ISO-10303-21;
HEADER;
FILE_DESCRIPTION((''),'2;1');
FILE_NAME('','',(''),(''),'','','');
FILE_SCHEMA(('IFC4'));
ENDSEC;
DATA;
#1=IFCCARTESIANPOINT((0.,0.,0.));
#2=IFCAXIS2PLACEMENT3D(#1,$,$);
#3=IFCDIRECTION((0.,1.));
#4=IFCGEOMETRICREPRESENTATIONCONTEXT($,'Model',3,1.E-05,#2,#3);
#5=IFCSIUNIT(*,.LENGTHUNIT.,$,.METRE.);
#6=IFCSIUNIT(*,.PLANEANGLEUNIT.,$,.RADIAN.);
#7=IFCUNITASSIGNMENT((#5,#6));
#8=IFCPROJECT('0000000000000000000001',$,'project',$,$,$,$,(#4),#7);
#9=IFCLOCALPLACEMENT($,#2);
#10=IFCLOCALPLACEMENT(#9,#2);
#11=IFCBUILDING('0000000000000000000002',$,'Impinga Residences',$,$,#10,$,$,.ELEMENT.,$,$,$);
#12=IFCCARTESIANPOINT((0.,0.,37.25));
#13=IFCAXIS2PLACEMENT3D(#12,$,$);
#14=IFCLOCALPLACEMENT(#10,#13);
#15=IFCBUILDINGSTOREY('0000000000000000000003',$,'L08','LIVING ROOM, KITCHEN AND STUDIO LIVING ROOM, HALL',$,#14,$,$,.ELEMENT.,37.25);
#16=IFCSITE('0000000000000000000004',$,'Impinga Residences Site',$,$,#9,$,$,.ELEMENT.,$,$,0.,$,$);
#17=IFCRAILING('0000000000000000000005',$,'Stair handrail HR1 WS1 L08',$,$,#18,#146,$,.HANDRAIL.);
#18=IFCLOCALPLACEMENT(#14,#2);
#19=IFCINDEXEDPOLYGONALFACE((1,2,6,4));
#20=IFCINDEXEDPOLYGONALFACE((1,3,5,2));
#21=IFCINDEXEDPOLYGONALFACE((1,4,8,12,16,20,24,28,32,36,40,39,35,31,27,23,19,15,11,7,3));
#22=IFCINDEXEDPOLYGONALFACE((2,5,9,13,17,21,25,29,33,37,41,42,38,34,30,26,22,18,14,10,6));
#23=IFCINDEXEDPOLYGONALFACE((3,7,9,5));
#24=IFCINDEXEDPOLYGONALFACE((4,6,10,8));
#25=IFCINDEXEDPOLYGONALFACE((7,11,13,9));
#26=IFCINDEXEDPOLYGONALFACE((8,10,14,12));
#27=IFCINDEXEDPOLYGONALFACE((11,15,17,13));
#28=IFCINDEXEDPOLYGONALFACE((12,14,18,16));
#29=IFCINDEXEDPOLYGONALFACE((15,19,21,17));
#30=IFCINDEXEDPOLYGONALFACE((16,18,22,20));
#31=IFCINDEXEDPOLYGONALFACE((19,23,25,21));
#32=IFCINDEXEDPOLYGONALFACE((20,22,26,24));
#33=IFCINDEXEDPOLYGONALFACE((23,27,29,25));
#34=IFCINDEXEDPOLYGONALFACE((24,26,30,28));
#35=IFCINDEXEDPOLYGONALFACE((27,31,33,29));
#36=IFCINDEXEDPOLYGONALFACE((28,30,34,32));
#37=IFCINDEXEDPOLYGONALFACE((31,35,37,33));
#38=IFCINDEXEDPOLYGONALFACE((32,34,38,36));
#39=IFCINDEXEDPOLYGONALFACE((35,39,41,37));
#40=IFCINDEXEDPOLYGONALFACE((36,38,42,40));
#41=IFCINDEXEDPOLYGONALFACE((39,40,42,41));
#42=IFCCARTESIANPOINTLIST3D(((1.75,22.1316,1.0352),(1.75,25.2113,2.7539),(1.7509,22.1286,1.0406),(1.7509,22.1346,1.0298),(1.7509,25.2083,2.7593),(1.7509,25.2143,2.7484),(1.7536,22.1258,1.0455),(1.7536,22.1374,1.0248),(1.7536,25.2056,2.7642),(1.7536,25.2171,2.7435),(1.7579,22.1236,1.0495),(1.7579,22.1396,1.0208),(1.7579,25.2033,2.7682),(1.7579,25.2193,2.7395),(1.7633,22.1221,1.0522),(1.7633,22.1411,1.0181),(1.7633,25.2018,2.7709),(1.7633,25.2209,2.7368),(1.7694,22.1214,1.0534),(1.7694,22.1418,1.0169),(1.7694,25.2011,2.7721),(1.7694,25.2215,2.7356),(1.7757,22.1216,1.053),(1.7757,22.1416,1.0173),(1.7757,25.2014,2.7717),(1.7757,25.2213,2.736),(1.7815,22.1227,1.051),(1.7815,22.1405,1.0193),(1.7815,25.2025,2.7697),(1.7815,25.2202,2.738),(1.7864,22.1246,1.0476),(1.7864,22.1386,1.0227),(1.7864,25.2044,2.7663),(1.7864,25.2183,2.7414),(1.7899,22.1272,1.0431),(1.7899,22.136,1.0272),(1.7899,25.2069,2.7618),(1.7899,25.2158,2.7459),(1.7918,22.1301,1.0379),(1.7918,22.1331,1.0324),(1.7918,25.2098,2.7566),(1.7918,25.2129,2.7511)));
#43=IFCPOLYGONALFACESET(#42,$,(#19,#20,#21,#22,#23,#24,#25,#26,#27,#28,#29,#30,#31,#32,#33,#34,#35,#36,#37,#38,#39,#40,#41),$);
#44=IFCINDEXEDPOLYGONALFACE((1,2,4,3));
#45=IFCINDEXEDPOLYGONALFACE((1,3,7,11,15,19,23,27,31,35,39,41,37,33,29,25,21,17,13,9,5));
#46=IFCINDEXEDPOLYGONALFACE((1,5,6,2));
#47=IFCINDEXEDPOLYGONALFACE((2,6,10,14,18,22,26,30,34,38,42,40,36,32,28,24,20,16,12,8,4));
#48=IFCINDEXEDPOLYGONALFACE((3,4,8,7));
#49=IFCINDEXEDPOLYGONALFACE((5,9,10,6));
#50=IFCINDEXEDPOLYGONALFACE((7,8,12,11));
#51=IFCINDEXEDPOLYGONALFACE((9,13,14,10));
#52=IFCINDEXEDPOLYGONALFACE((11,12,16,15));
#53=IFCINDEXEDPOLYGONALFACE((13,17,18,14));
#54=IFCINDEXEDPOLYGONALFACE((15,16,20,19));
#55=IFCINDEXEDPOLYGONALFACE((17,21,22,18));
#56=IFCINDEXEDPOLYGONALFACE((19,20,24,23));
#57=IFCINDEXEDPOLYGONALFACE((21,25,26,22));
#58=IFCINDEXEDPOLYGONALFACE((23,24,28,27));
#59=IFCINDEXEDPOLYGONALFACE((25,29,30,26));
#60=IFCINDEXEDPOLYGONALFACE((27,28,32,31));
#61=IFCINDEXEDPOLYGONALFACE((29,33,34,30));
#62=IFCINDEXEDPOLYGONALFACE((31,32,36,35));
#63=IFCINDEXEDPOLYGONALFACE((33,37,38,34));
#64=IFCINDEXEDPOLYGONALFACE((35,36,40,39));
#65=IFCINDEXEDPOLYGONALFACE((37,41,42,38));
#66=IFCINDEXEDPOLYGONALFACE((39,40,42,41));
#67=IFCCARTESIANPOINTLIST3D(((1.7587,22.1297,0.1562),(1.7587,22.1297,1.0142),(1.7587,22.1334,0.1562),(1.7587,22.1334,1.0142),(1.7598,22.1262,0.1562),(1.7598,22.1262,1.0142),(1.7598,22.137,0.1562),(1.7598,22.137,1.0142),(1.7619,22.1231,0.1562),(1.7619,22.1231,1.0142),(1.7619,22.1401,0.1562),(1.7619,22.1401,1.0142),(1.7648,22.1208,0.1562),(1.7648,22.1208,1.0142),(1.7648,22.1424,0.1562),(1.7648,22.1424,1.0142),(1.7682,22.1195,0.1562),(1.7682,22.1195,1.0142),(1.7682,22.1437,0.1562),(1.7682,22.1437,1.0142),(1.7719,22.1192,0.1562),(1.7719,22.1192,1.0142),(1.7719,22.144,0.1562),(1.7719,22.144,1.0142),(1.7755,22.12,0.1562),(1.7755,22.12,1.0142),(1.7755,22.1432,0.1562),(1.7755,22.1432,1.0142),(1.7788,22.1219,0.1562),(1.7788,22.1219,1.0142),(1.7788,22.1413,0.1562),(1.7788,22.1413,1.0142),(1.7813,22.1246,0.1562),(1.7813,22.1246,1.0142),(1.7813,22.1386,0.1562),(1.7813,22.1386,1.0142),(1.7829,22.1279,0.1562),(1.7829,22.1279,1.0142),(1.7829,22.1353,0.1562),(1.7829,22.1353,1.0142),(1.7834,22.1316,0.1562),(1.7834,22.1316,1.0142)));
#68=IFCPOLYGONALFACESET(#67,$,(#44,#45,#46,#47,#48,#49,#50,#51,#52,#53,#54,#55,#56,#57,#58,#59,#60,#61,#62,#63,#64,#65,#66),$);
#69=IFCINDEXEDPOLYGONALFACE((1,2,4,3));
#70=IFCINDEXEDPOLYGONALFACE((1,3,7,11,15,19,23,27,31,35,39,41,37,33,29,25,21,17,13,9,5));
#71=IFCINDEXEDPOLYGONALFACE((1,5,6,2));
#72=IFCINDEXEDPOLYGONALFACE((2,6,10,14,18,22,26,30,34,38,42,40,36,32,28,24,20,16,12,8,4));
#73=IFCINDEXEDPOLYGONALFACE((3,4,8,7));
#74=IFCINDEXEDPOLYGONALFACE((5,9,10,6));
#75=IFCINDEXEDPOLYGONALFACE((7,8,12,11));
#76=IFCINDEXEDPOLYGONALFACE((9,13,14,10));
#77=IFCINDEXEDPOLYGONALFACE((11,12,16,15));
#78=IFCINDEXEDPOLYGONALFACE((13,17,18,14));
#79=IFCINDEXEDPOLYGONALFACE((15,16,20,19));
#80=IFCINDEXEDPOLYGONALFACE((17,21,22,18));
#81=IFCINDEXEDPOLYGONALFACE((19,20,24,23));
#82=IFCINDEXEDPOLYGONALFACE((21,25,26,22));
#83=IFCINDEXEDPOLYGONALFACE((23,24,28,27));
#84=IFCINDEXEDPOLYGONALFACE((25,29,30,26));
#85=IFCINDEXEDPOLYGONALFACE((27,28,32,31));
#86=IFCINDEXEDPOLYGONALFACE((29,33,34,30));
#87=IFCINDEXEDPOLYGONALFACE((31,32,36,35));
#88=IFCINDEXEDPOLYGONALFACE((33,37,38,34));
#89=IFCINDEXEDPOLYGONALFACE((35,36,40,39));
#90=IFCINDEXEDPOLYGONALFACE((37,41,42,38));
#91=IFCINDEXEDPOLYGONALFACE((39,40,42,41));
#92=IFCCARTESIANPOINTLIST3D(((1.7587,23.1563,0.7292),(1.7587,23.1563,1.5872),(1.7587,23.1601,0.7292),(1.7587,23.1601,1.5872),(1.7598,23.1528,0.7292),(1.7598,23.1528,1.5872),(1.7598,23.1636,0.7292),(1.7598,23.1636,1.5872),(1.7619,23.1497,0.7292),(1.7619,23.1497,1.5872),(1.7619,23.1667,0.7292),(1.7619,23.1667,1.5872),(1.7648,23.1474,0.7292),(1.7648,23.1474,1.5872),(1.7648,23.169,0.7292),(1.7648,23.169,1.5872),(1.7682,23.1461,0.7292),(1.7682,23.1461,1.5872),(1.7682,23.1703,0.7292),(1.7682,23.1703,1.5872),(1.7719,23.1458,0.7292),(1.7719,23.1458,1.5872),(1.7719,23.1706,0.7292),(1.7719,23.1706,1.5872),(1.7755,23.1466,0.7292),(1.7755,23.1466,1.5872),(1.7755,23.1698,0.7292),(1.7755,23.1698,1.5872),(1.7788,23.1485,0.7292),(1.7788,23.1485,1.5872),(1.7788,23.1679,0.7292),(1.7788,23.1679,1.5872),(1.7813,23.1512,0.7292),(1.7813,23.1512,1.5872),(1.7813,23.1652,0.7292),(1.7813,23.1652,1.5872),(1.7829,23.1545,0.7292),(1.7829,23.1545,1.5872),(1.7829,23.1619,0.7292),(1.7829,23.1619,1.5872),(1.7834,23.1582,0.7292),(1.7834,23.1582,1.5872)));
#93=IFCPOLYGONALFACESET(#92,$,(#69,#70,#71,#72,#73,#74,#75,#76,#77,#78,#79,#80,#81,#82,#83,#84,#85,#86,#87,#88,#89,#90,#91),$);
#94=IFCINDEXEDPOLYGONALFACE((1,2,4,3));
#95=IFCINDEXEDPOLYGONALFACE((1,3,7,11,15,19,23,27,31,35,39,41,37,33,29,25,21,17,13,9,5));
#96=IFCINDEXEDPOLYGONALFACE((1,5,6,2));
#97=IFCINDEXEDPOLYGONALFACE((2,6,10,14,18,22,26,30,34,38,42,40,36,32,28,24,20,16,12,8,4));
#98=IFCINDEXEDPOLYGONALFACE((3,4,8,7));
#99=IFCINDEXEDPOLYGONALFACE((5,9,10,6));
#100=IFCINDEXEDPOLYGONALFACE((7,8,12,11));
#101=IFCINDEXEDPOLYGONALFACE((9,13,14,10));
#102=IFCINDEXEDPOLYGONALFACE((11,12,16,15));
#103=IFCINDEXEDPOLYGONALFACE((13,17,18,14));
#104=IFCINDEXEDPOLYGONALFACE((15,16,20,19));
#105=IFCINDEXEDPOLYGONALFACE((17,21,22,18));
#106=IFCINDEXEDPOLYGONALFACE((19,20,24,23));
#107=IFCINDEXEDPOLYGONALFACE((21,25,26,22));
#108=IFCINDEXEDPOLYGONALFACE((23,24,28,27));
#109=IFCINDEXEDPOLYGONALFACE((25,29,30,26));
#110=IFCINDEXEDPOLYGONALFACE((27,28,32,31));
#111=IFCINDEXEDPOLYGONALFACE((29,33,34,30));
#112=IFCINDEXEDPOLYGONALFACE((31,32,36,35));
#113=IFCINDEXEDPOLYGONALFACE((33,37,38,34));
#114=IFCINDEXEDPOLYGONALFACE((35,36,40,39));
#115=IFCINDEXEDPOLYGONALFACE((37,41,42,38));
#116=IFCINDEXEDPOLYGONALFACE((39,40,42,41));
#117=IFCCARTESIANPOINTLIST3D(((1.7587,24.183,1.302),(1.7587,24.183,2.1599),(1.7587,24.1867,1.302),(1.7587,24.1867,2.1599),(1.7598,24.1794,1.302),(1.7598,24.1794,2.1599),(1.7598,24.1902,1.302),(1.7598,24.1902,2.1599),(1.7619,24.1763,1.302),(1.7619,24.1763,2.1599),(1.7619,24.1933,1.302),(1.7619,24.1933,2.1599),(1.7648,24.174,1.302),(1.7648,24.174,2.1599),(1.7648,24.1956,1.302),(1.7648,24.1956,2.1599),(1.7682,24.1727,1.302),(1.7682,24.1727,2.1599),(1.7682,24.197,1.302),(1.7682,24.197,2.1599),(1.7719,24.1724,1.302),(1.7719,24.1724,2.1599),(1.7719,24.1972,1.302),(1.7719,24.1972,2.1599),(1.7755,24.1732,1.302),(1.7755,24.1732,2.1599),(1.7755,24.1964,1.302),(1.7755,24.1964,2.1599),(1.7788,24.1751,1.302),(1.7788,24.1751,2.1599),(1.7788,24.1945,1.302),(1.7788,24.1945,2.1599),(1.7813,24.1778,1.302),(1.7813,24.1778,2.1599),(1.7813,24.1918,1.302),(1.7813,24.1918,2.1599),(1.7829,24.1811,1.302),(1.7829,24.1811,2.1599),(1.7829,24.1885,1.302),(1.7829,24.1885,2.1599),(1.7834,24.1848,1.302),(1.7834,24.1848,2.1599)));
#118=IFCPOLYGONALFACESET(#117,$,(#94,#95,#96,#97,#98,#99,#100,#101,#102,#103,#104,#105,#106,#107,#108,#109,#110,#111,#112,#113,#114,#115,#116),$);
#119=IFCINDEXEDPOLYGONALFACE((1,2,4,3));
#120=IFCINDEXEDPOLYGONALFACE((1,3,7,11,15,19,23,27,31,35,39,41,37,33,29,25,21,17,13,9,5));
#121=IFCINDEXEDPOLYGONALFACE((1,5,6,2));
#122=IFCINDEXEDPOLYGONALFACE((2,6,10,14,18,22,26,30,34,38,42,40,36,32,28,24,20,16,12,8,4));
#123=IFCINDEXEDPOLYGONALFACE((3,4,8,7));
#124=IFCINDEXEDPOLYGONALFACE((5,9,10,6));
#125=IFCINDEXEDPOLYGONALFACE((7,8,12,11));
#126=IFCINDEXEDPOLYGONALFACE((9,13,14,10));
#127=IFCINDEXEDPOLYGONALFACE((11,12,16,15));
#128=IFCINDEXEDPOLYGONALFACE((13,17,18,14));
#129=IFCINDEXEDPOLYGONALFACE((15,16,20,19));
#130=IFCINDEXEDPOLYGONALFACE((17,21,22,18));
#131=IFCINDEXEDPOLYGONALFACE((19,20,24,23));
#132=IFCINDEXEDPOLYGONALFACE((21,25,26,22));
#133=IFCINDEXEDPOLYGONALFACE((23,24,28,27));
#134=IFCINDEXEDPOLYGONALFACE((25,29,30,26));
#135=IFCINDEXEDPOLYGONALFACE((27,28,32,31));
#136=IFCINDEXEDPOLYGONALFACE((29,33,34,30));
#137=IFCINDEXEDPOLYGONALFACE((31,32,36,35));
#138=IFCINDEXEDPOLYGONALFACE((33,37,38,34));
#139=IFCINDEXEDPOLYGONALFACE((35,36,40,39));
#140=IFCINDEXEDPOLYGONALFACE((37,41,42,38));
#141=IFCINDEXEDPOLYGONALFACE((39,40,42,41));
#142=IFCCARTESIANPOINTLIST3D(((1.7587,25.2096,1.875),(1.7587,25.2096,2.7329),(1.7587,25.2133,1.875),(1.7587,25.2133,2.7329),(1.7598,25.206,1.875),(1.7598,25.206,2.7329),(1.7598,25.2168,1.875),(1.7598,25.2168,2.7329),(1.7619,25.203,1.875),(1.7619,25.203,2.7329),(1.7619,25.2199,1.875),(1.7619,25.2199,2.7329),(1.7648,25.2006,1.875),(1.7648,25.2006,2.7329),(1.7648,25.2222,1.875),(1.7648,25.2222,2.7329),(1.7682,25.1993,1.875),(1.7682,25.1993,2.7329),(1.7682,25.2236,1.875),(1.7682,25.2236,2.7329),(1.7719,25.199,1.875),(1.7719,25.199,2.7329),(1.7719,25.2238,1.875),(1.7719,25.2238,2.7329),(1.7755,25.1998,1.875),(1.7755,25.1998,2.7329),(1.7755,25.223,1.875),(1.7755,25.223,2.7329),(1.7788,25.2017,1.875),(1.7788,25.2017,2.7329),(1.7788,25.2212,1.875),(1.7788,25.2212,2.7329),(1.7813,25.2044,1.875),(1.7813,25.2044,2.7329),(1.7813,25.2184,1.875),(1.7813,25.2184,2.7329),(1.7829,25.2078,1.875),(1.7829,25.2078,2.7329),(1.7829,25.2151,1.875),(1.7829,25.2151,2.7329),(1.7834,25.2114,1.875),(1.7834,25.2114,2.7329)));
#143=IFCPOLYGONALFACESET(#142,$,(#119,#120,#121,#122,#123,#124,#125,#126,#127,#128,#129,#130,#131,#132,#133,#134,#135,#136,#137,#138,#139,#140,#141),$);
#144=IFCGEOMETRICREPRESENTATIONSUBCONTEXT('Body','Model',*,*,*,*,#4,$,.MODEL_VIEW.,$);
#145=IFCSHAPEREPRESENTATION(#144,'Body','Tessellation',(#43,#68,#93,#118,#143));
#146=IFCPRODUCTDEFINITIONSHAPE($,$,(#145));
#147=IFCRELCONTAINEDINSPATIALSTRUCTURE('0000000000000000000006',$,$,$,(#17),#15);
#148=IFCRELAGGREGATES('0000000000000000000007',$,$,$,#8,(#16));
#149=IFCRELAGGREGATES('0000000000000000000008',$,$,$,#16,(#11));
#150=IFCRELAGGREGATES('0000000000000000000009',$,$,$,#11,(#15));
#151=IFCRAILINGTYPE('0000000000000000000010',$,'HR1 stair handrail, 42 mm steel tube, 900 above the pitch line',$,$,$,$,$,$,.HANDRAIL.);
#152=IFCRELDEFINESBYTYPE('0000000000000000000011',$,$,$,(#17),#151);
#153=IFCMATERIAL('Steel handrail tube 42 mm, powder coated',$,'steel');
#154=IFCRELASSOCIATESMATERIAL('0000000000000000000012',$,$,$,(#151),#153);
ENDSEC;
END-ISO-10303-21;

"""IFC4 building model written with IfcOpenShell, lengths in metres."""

from ifc_helpers import new_model, si_unit, direction, frame, origin, origin_2d, place, context, subcontext, project, spatial, circle, extrude, material, type_object, element, save


model = new_model("IFC4")

# Units and contexts
model_context = context("Model", 3, precision=1e-05, world=origin(), true_north=direction((0.0, 1.0)))
body_context = subcontext(model_context, "Body", "Model", "MODEL_VIEW")
ifc_project = project(units=[si_unit("LENGTHUNIT", "METRE"), si_unit("PLANEANGLEUNIT", "RADIAN")], contexts=[model_context])

# Site, building, storey
site_placement = place(None, origin())
site = spatial("IfcSite", under=ifc_project, at=site_placement, Name="Impinga Residences Site", CompositionType="ELEMENT", RefElevation=0.0)
building_placement = place(site_placement, origin())
building = spatial("IfcBuilding", under=site, at=building_placement, Name="Impinga Residences", CompositionType="ELEMENT")
storey_placement = place(building_placement, frame((0.0, 0.0, 37.25)))
storey = spatial("IfcBuildingStorey", under=building, at=storey_placement, Name="L08", Description="LIVING ROOM, KITCHEN AND STUDIO LIVING ROOM, HALL", CompositionType="ELEMENT", Elevation=37.25)

# Railing
ifc_material_1 = material(Name="Steel handrail tube 42 mm, powder coated", Category="steel")
railing_type = type_object("IfcRailingType", Name="HR1 stair handrail, 42 mm steel tube, 900 above the pitch line", PredefinedType="HANDRAIL", material=ifc_material_1)
railing_placement = place(storey_placement, frame((1.771, 22.1316, 0.1562)))
element("IfcRailing", 1, at=railing_placement, inside=storey, type_object=railing_type, Name="Stair handrail HR1 WS1 L08", PredefinedType="HANDRAIL", context=body_context, shape_type="SweptSolid", body=[
    extrude(circle(Radius=0.021, at=origin_2d()), frame((0.0, 0.0, 0.8789), z_axis=(0.0, 0.873225, 0.487317), x_axis=(-1.0, 0.0, 0.0)), (0.0, 0.0, 1.0), 3.5269),
    extrude(circle(Radius=0.0125, at=origin_2d()), origin(), (0.0, 0.0, 1.0), 0.8579),
    extrude(circle(Radius=0.0125, at=origin_2d()), frame((0.0, 1.0266, 0.573)), (0.0, 0.0, 1.0), 0.8579),
    extrude(circle(Radius=0.0125, at=origin_2d()), frame((0.0, 2.0532, 1.1458)), (0.0, 0.0, 1.0), 0.8579),
    extrude(circle(Radius=0.0125, at=origin_2d()), frame((0.0, 3.0798, 1.7188)), (0.0, 0.0, 1.0), 0.8579),
])

save(model, "model.ifc")
